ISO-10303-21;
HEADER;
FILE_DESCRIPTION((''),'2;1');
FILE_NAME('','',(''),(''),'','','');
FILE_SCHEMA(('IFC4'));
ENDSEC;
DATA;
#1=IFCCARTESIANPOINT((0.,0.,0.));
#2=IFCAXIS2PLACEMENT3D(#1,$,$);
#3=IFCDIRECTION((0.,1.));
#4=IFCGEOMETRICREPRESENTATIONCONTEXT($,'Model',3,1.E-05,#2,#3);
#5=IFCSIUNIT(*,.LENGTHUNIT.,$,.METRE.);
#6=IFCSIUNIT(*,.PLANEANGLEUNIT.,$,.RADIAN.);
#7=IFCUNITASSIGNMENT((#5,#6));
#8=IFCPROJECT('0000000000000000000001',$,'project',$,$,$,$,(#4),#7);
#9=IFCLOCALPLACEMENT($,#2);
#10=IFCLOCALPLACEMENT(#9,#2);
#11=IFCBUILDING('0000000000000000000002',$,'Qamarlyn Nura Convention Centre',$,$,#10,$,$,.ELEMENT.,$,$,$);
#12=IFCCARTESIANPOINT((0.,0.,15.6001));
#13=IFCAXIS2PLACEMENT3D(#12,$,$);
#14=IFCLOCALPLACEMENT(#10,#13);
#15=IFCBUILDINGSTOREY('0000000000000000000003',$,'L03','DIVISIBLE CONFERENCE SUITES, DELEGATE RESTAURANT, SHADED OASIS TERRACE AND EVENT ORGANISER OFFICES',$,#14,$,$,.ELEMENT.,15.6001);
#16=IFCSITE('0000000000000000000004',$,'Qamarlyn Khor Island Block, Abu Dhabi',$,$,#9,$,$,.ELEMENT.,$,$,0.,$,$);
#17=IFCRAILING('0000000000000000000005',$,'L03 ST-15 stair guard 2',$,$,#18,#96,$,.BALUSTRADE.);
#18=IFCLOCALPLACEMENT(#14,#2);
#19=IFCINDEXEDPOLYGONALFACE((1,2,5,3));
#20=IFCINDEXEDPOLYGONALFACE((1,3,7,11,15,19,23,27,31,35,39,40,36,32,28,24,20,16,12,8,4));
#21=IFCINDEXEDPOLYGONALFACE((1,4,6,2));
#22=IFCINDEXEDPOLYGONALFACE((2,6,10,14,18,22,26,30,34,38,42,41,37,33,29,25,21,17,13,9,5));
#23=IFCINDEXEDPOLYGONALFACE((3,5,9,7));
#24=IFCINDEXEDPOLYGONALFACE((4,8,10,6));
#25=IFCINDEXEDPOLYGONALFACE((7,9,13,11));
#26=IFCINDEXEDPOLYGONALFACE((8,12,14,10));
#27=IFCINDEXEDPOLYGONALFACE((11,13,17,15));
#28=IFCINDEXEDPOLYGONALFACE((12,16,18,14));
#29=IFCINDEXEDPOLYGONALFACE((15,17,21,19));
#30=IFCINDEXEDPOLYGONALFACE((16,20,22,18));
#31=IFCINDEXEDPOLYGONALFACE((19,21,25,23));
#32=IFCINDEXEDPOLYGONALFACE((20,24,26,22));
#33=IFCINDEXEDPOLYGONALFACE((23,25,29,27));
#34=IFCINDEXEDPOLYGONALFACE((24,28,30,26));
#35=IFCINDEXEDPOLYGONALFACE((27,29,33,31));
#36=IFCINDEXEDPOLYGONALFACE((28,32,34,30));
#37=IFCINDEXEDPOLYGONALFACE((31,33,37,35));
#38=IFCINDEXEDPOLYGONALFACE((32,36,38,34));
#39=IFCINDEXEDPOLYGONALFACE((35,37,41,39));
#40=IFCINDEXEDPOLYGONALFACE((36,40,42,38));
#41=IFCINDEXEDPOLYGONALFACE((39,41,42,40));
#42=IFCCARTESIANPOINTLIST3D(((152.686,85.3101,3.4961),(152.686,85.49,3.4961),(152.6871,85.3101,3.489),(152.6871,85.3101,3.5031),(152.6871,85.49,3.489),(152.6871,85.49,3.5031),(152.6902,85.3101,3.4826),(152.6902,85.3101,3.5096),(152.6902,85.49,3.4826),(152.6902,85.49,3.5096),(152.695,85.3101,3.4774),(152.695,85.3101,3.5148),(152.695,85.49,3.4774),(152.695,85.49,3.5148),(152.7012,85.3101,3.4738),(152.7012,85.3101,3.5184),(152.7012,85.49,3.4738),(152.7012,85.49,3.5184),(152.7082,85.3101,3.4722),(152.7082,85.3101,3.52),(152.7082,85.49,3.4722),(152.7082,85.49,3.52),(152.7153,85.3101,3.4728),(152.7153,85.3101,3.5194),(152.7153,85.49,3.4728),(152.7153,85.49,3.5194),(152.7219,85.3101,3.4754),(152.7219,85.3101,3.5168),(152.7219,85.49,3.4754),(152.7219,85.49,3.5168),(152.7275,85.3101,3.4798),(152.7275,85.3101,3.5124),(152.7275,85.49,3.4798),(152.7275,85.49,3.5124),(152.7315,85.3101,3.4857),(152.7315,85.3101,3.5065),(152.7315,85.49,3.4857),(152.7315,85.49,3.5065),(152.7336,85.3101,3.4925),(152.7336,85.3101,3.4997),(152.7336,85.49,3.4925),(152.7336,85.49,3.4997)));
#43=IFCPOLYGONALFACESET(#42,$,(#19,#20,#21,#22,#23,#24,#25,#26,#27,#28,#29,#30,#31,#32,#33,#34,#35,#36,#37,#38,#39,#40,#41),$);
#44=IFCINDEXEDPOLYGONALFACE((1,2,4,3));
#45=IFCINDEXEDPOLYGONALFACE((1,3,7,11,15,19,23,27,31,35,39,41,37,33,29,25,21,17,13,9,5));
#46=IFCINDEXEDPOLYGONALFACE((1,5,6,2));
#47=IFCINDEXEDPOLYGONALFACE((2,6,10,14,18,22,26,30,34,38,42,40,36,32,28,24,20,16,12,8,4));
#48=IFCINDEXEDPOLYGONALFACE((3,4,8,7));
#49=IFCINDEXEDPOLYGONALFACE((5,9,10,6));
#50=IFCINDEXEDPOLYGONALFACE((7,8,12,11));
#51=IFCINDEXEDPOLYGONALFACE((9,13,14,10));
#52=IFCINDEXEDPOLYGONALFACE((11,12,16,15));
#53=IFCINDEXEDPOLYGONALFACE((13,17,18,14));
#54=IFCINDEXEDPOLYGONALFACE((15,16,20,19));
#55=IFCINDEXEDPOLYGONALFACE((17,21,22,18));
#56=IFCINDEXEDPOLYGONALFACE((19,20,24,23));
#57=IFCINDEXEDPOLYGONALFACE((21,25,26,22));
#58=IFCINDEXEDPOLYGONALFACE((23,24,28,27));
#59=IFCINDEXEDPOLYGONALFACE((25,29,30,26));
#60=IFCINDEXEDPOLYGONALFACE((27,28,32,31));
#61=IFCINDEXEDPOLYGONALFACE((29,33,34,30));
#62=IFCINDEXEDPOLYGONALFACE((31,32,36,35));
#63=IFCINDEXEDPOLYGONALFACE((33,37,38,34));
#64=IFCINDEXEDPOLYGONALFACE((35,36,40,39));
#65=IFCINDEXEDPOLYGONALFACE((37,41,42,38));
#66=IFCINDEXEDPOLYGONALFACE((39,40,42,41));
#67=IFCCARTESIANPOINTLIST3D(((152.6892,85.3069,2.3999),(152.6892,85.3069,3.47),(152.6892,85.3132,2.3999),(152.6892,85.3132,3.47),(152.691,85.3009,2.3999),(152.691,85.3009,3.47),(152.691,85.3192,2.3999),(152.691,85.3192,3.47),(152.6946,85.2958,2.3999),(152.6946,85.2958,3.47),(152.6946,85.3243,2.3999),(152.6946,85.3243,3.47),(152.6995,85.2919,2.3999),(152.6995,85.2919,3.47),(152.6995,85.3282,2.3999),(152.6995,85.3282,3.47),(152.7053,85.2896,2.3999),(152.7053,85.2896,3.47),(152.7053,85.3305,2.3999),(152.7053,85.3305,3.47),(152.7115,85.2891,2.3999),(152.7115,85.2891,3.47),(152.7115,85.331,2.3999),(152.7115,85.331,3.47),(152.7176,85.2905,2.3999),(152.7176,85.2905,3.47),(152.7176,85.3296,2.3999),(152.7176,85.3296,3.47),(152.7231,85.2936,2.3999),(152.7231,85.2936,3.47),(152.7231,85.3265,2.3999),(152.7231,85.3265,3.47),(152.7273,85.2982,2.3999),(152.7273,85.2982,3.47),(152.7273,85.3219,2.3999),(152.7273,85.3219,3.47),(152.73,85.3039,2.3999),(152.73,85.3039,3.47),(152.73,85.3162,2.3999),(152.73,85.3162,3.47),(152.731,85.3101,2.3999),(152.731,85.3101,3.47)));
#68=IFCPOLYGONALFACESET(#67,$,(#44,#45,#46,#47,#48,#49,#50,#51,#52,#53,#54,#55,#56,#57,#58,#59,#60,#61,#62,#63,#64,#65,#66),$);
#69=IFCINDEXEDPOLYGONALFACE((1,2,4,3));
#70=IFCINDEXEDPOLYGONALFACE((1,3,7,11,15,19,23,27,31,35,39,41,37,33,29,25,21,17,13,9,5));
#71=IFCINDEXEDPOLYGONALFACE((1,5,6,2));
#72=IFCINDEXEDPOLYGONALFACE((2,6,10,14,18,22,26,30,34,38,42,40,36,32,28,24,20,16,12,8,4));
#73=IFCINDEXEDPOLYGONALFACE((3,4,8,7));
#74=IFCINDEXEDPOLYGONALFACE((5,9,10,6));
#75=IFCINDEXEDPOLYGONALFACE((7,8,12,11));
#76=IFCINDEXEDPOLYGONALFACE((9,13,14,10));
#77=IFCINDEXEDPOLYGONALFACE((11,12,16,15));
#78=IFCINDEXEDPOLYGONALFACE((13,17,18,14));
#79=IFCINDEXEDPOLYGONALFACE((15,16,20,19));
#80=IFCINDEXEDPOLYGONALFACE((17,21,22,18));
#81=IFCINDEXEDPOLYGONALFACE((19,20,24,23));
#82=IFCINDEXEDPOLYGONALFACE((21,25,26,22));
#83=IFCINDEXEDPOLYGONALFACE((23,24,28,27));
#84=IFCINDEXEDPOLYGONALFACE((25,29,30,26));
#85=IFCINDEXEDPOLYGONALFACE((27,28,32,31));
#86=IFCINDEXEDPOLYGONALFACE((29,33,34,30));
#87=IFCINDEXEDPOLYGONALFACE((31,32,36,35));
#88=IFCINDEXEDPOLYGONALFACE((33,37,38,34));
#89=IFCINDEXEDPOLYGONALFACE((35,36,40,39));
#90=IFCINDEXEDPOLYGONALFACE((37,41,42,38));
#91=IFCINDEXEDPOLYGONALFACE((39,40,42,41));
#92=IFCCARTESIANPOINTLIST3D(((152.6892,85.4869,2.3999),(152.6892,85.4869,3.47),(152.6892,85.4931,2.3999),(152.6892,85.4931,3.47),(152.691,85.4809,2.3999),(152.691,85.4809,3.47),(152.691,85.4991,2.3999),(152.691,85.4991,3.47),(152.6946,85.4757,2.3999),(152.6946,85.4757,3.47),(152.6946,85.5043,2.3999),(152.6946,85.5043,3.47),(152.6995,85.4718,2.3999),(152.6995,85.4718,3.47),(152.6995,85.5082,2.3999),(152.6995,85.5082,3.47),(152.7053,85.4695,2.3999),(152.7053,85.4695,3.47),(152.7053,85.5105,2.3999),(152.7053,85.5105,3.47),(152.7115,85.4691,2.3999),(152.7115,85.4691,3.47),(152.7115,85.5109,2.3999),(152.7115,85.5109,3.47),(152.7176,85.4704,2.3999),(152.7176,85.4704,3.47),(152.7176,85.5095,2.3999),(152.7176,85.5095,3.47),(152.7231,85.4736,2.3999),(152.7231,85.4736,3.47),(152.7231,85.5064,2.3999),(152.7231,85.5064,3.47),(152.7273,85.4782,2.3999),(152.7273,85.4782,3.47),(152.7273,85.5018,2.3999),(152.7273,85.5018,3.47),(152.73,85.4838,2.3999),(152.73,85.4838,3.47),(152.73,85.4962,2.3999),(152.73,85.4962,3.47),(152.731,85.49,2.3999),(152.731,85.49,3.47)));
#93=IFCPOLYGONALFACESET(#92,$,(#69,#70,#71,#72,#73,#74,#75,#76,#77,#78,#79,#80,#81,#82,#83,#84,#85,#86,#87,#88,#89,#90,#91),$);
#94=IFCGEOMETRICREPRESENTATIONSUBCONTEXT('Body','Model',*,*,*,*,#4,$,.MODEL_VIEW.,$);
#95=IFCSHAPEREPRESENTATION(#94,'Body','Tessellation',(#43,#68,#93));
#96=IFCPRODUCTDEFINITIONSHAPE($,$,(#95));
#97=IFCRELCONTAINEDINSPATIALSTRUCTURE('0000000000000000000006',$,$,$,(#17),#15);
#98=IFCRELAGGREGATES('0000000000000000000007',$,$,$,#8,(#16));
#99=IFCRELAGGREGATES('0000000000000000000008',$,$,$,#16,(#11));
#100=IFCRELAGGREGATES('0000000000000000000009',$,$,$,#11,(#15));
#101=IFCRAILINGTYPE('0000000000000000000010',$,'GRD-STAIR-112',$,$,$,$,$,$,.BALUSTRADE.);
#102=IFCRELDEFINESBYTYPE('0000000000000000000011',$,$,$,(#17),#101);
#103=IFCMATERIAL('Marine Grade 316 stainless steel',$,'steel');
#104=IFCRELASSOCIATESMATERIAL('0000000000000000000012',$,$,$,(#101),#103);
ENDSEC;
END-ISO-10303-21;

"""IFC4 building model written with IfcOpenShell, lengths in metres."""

from ifc_helpers import new_model, si_unit, direction, frame, origin, origin_2d, place, context, subcontext, project, spatial, circle, extrude, material, type_object, element, save


model = new_model("IFC4")

# Units and contexts
model_context = context("Model", 3, precision=1e-05, world=origin(), true_north=direction((0.0, 1.0)))
body_context = subcontext(model_context, "Body", "Model", "MODEL_VIEW")
ifc_project = project(units=[si_unit("LENGTHUNIT", "METRE"), si_unit("PLANEANGLEUNIT", "RADIAN")], contexts=[model_context])

# Site, building, storey
site_placement = place(None, origin())
site = spatial("IfcSite", under=ifc_project, at=site_placement, Name="Qamarlyn Khor Island Block, Abu Dhabi", CompositionType="ELEMENT", RefElevation=0.0)
building_placement = place(site_placement, origin())
building = spatial("IfcBuilding", under=site, at=building_placement, Name="Qamarlyn Nura Convention Centre", CompositionType="ELEMENT")
storey_placement = place(building_placement, frame((0.0, 0.0, 15.6001)))
storey = spatial("IfcBuildingStorey", under=building, at=storey_placement, Name="L03", Description="DIVISIBLE CONFERENCE SUITES, DELEGATE RESTAURANT, SHADED OASIS TERRACE AND EVENT ORGANISER OFFICES", CompositionType="ELEMENT", Elevation=15.6001)

# Railing
ifc_material_1 = material(Name="Marine Grade 316 stainless steel", Category="steel")
railing_type_1 = type_object("IfcRailingType", Name="GRD-STAIR-112", PredefinedType="BALUSTRADE", material=ifc_material_1)
railing_1_placement = place(storey_placement, frame((152.71, 85.3101, 2.3999)))
element("IfcRailing", 1, at=railing_1_placement, inside=storey, type_object=railing_type_1, Name="L03 ST-15 stair guard 2", PredefinedType="BALUSTRADE", context=body_context, shape_type="SweptSolid", body=[
    extrude(circle(Radius=0.0239, at=origin_2d()), frame((0.0, 0.0, 1.0962), z_axis=(0.0, 1.0, 0.0), x_axis=(-1.0, 0.0, 0.0)), (0.0, 0.0, 1.0), 0.1799),
    extrude(circle(Radius=0.021, at=origin_2d()), origin(), (0.0, 0.0, 1.0), 1.0701),
    extrude(circle(Radius=0.021, at=origin_2d()), frame((0.0, 0.1799, 0.0)), (0.0, 0.0, 1.0), 1.0701),
])

save(model, "model.ifc")
